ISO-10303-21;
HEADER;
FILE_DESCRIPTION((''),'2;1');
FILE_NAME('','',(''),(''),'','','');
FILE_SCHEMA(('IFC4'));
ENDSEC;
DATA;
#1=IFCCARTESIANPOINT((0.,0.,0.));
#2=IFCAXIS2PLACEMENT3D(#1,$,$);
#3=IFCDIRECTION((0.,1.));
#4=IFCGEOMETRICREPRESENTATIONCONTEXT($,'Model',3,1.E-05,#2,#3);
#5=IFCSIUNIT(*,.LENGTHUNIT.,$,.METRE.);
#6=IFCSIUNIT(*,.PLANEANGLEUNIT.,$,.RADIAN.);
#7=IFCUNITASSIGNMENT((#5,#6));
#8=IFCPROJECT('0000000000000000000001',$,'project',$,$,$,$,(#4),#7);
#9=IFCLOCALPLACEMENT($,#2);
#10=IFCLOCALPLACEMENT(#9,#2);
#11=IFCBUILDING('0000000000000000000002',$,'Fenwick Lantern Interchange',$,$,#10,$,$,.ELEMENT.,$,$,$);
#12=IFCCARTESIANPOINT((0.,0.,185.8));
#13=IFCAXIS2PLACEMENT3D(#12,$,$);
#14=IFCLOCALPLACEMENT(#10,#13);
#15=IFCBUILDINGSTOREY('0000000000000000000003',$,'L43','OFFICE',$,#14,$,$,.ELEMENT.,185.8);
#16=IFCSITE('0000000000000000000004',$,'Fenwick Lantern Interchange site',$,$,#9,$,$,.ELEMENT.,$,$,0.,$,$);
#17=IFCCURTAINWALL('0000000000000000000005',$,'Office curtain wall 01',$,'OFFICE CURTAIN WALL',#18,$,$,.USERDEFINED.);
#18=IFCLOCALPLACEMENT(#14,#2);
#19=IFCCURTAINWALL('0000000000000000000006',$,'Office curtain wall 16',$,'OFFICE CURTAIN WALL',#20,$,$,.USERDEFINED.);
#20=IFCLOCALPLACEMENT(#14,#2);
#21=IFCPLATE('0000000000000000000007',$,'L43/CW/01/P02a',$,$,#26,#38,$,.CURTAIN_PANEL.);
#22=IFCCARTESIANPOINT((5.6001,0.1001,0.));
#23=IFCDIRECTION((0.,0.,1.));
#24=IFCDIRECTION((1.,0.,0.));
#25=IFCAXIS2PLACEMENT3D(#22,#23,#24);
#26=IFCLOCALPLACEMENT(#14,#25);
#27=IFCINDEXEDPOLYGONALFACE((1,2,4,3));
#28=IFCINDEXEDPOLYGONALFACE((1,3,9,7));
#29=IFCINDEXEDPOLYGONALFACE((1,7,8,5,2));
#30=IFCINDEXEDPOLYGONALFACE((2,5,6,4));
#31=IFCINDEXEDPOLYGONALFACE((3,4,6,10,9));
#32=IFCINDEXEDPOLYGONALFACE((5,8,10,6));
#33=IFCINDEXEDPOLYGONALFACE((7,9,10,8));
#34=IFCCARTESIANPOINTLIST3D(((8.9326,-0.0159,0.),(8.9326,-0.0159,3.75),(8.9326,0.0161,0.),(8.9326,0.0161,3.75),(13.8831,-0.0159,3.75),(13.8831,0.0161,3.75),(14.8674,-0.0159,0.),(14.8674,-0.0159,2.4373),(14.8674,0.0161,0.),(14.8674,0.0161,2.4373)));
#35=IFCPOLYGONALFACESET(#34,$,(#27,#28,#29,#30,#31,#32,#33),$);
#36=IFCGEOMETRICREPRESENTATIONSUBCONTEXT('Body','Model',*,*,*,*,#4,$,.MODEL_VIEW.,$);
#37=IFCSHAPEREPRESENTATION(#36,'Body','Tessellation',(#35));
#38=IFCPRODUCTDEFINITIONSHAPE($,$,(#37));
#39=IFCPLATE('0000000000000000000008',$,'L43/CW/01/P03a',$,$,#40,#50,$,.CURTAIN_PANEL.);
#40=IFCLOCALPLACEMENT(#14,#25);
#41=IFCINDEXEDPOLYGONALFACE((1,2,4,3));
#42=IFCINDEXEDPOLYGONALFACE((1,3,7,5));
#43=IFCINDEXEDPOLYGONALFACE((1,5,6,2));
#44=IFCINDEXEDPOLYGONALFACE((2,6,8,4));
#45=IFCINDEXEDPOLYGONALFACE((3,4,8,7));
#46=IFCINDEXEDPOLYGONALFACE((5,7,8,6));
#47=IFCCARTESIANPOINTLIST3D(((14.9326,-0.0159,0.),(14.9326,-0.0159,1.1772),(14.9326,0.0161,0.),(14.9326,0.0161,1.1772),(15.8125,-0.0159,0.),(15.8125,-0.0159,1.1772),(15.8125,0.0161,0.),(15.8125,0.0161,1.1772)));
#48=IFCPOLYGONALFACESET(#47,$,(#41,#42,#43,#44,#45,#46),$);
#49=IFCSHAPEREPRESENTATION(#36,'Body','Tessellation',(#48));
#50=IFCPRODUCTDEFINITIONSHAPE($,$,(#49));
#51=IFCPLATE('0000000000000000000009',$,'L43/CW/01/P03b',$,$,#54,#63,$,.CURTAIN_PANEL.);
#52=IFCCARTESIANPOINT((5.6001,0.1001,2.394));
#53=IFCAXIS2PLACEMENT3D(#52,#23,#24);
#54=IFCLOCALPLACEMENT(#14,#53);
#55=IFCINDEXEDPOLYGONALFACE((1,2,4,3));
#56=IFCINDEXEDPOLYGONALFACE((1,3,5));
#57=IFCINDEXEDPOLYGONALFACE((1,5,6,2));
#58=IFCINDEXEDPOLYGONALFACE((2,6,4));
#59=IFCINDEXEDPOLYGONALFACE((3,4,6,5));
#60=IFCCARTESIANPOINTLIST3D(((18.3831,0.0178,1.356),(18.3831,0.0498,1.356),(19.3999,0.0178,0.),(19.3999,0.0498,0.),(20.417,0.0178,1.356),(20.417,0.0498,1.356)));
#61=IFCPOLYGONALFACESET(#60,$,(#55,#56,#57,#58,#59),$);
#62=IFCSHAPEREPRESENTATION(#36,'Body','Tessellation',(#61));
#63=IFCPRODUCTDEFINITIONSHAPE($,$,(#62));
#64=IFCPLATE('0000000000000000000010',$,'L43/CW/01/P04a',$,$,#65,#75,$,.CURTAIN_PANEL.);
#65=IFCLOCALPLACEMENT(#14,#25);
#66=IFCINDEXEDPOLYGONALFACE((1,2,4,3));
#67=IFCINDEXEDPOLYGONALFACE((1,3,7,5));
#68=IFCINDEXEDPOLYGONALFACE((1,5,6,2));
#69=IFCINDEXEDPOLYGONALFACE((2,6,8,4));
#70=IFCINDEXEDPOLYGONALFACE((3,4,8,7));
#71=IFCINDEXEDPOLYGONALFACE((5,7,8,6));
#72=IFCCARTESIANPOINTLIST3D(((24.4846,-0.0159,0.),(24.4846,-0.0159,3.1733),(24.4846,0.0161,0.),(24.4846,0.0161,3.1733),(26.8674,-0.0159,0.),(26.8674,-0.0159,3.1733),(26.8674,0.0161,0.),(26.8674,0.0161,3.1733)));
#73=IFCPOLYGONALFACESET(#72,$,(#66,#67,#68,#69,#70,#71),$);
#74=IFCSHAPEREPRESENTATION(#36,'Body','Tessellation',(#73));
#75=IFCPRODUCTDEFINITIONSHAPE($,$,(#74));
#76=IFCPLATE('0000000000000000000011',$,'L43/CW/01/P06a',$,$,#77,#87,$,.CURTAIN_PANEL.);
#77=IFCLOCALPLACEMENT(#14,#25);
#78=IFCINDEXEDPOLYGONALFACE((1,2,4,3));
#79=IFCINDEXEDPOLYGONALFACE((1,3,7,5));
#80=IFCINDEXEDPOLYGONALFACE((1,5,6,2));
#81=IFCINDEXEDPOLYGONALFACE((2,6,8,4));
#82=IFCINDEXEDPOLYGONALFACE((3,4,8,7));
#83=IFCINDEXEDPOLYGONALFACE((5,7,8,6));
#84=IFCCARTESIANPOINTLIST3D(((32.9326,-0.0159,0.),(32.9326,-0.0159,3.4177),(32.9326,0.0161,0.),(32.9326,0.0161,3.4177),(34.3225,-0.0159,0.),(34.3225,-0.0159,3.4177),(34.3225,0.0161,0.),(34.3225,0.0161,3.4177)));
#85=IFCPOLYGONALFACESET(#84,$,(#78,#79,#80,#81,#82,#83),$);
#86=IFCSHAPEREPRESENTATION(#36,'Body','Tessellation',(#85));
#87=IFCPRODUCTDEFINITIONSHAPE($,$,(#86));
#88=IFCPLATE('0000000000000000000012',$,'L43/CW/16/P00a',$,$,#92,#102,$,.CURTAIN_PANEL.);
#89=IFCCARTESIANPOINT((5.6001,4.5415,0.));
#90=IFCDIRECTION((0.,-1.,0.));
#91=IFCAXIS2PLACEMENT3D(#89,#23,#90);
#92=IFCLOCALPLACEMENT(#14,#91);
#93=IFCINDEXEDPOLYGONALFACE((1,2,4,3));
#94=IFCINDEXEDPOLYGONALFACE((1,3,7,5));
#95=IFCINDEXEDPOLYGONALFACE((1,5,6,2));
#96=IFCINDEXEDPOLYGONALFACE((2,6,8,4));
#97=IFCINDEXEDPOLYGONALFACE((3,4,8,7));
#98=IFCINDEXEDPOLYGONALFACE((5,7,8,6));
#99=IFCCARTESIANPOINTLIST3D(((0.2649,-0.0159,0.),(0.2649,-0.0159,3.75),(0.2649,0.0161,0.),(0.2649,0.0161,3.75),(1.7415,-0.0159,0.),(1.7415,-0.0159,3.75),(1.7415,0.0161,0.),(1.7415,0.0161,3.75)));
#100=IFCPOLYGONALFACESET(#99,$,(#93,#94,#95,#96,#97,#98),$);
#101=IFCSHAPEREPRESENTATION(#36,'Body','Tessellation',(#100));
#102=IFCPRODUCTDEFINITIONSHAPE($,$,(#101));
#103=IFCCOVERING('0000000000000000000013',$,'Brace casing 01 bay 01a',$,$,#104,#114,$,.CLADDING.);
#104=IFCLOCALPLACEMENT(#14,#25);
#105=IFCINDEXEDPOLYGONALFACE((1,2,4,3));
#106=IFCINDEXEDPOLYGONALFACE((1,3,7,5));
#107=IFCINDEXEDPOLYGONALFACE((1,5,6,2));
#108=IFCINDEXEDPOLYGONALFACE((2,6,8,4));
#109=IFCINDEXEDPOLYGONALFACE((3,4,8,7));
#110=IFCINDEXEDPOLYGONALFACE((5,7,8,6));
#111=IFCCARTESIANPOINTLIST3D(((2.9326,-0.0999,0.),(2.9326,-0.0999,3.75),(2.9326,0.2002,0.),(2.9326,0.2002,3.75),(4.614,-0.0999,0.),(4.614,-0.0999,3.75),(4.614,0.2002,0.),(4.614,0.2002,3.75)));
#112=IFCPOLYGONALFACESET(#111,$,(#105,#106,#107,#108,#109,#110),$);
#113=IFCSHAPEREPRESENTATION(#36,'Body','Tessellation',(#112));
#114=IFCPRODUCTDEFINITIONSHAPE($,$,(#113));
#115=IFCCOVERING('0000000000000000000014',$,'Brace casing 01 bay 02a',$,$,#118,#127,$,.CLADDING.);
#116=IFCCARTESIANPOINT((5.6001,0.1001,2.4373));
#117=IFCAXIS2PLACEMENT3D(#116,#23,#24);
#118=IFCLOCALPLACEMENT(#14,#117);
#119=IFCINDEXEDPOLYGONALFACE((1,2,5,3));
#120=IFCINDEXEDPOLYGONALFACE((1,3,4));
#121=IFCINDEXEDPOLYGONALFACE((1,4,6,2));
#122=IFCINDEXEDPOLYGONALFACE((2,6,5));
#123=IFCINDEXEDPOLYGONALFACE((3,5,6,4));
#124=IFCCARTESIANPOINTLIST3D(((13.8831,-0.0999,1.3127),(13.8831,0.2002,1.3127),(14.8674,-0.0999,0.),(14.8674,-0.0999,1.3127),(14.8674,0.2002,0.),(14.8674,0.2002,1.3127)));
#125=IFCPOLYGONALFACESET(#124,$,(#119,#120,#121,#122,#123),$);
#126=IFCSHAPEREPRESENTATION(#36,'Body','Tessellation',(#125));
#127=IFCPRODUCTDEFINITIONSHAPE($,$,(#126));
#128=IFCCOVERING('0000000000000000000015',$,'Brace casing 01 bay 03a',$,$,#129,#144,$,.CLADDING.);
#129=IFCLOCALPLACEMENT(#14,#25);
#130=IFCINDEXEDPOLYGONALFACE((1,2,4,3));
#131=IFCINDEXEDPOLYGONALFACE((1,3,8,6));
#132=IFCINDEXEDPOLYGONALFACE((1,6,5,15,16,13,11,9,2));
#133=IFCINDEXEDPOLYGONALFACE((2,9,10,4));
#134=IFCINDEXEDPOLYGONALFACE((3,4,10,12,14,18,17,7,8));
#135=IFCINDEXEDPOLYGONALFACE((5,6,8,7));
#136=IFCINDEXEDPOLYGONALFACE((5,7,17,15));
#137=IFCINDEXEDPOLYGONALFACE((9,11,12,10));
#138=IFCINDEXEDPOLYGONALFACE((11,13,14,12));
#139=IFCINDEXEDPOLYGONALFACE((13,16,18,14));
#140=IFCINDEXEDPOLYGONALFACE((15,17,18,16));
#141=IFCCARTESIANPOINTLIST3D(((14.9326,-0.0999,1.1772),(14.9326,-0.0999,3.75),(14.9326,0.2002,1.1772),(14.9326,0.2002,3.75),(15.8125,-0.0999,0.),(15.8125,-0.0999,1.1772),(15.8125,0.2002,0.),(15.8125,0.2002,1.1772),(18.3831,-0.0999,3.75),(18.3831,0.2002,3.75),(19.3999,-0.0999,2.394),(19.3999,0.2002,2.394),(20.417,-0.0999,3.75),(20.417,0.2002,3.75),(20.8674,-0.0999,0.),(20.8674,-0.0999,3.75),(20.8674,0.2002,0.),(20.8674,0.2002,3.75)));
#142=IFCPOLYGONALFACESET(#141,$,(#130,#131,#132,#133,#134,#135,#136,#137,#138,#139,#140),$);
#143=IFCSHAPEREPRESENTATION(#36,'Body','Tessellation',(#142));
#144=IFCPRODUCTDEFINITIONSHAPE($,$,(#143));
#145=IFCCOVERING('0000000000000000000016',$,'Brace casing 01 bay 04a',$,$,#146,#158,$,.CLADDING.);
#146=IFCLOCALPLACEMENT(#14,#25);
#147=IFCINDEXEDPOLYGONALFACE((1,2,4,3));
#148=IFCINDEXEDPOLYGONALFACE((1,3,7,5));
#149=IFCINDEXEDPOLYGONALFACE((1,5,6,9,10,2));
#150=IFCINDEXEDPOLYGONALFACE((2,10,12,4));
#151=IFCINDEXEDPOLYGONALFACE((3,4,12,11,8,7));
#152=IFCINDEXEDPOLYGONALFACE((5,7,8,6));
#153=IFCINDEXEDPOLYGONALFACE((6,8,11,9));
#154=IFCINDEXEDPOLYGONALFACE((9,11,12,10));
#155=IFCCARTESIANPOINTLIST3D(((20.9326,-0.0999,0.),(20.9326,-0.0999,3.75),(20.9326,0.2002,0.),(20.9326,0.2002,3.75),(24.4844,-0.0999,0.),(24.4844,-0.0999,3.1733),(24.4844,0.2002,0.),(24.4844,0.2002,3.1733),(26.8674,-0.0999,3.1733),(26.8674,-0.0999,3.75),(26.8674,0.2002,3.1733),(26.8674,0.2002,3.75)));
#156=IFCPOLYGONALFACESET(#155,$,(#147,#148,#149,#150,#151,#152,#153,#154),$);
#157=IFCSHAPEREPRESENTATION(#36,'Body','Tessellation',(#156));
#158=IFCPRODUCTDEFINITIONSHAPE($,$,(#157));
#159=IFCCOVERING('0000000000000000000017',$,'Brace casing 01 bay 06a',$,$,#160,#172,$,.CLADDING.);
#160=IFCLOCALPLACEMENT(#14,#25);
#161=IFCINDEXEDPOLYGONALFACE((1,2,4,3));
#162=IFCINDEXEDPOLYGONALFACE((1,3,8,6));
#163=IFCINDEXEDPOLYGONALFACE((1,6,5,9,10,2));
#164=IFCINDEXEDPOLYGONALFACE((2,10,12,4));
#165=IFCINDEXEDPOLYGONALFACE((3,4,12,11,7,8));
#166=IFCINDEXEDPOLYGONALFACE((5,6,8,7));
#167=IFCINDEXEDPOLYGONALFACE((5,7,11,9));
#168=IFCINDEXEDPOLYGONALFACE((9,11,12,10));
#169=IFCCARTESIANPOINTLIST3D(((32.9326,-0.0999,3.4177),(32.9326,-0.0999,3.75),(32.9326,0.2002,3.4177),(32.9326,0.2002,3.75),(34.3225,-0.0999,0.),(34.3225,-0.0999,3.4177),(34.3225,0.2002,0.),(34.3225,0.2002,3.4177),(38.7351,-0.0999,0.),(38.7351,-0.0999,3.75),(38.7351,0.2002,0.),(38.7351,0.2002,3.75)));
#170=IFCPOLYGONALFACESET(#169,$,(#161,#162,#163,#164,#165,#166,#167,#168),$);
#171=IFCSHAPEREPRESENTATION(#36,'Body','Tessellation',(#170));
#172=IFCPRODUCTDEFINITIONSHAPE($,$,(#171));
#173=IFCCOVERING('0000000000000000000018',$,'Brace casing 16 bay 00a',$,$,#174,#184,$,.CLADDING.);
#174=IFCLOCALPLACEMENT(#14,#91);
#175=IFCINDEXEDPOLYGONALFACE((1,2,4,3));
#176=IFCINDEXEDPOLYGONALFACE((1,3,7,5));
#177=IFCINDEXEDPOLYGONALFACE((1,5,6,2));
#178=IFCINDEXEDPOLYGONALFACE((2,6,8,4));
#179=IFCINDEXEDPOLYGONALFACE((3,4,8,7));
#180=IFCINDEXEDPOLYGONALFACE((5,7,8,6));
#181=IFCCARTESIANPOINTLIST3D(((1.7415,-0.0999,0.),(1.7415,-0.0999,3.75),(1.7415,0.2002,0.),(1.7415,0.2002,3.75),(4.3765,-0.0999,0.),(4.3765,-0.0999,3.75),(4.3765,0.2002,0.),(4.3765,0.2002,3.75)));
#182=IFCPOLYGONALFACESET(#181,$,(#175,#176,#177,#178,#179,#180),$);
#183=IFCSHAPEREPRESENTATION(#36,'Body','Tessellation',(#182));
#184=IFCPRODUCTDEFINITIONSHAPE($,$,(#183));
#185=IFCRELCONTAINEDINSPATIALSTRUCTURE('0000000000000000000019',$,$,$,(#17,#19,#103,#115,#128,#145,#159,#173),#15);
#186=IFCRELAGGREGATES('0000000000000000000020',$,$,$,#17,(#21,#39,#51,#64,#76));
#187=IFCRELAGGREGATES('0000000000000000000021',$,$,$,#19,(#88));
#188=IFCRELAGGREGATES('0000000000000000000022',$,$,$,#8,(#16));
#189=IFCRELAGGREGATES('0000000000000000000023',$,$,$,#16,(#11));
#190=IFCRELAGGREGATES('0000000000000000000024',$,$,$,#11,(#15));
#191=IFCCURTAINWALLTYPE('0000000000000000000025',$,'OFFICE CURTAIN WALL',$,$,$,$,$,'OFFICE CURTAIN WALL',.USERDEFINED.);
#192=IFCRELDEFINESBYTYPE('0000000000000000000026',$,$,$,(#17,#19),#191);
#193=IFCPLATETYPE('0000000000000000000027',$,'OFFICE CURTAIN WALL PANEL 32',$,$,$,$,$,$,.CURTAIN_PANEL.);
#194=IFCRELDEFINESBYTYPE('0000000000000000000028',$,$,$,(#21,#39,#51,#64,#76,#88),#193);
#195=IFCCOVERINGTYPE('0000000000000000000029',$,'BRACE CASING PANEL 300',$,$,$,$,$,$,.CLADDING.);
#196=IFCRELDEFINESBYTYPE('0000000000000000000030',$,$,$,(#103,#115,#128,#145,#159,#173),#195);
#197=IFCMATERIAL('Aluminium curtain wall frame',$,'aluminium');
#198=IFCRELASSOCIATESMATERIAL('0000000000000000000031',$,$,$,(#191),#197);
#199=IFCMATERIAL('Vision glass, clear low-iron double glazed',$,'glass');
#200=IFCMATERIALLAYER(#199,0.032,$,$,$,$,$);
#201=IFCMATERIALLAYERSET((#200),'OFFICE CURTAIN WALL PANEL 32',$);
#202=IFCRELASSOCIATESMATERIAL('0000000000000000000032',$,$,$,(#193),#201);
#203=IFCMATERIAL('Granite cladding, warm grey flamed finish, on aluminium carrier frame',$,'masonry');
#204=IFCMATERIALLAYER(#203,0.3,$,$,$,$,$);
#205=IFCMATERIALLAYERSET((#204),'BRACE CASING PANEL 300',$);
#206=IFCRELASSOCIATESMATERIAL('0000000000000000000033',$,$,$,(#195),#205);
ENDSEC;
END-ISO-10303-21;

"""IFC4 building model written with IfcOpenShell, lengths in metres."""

from ifc_helpers import new_model, si_unit, direction, frame, origin, place, context, subcontext, project, spatial, polyline, outline, extrude, material, layer, layer_set, type_object, element, aggregate, save


model = new_model("IFC4")

# Units and contexts
model_context = context("Model", 3, precision=1e-05, world=origin(), true_north=direction((0.0, 1.0)))
body_context = subcontext(model_context, "Body", "Model", "MODEL_VIEW")
ifc_project = project(units=[si_unit("LENGTHUNIT", "METRE"), si_unit("PLANEANGLEUNIT", "RADIAN")], contexts=[model_context])

# Site, building, storey
site_placement = place(None, origin())
site = spatial("IfcSite", under=ifc_project, at=site_placement, Name="Fenwick Lantern Interchange site", CompositionType="ELEMENT", RefElevation=0.0)
building_placement = place(site_placement, origin())
building = spatial("IfcBuilding", under=site, at=building_placement, Name="Fenwick Lantern Interchange", CompositionType="ELEMENT")
storey_placement = place(building_placement, frame((0.0, 0.0, 185.8)))
storey = spatial("IfcBuildingStorey", under=building, at=storey_placement, Name="L43", Description="OFFICE", CompositionType="ELEMENT", Elevation=185.8)

# Curtain walls
ifc_material_1 = material(Name="Aluminium curtain wall frame", Category="aluminium")
curtain_wall_type = type_object("IfcCurtainWallType", Name="OFFICE CURTAIN WALL", ElementType="OFFICE CURTAIN WALL", PredefinedType="USERDEFINED", material=ifc_material_1)
curtain_wall_1_placement = place(storey_placement, origin())
curtain_wall_1 = element("IfcCurtainWall", 1, at=curtain_wall_1_placement, inside=storey, type_object=curtain_wall_type, Name="Office curtain wall 01", ObjectType="OFFICE CURTAIN WALL", PredefinedType="USERDEFINED")
curtain_wall_2_placement = place(storey_placement, origin())
curtain_wall_2 = element("IfcCurtainWall", 2, at=curtain_wall_2_placement, inside=storey, type_object=curtain_wall_type, Name="Office curtain wall 16", ObjectType="OFFICE CURTAIN WALL", PredefinedType="USERDEFINED")

# Plates
ifc_material_2 = material(Name="Vision glass, clear low-iron double glazed", Category="glass")
ifc_layer_1 = layer(ifc_material_2, 0.032)
ifc_layer_set_1 = layer_set([ifc_layer_1], Name="OFFICE CURTAIN WALL PANEL 32")
plate_type = type_object("IfcPlateType", Name="OFFICE CURTAIN WALL PANEL 32", PredefinedType="CURTAIN_PANEL", material=ifc_layer_set_1)
plate_1_placement = place(storey_placement, frame((5.6001, 0.1001, 0.0), z_axis=(0.0, 0.0, 1.0), x_axis=(1.0, 0.0, 0.0)))
plate_1 = element("IfcPlate", 3, at=plate_1_placement, type_object=plate_type, Name="L43/CW/01/P02a", PredefinedType="CURTAIN_PANEL", context=body_context, shape_type="SweptSolid", body=[
    extrude(outline(polyline([(8.9326, 0.0), (14.8674, 0.0), (14.8674, 2.4373), (13.8831, 3.75), (8.9326, 3.75), (8.9326, 0.0)])), frame((0.0, 0.0161, 0.0), z_axis=(0.0, -1.0, 0.0), x_axis=(1.0, 0.0, 0.0)), (0.0, 0.0, 1.0), 0.032),
])
plate_2_placement = place(storey_placement, frame((5.6001, 0.1001, 0.0), z_axis=(0.0, 0.0, 1.0), x_axis=(1.0, 0.0, 0.0)))
plate_2 = element("IfcPlate", 4, at=plate_2_placement, type_object=plate_type, Name="L43/CW/01/P03a", PredefinedType="CURTAIN_PANEL", context=body_context, shape_type="SweptSolid", body=[
    extrude(outline(polyline([(14.9326, 0.0), (15.8125, 0.0), (15.8125, 1.1772), (14.9326, 1.1772), (14.9326, 0.0)])), frame((0.0, 0.0161, 0.0), z_axis=(0.0, -1.0, 0.0), x_axis=(1.0, 0.0, 0.0)), (0.0, 0.0, 1.0), 0.032),
])
plate_3_placement = place(storey_placement, frame((5.6001, 0.1001, 2.394), z_axis=(0.0, 0.0, 1.0), x_axis=(1.0, 0.0, 0.0)))
plate_3 = element("IfcPlate", 5, at=plate_3_placement, type_object=plate_type, Name="L43/CW/01/P03b", PredefinedType="CURTAIN_PANEL", context=body_context, shape_type="SweptSolid", body=[
    extrude(outline(polyline([(19.3999, 0.0), (20.417, 1.356), (18.3831, 1.356), (19.3999, 0.0)])), frame((0.0, 0.0498, 0.0), z_axis=(0.0, -1.0, 0.0), x_axis=(1.0, 0.0, 0.0)), (0.0, 0.0, 1.0), 0.032),
])
plate_4_placement = place(storey_placement, frame((5.6001, 0.1001, 0.0), z_axis=(0.0, 0.0, 1.0), x_axis=(1.0, 0.0, 0.0)))
plate_4 = element("IfcPlate", 6, at=plate_4_placement, type_object=plate_type, Name="L43/CW/01/P04a", PredefinedType="CURTAIN_PANEL", context=body_context, shape_type="SweptSolid", body=[
    extrude(outline(polyline([(24.4846, 0.0), (26.8674, 0.0), (26.8674, 3.1733), (24.4846, 3.1733), (24.4846, 0.0)])), frame((0.0, 0.0161, 0.0), z_axis=(0.0, -1.0, 0.0), x_axis=(1.0, 0.0, 0.0)), (0.0, 0.0, 1.0), 0.032),
])
plate_5_placement = place(storey_placement, frame((5.6001, 0.1001, 0.0), z_axis=(0.0, 0.0, 1.0), x_axis=(1.0, 0.0, 0.0)))
plate_5 = element("IfcPlate", 7, at=plate_5_placement, type_object=plate_type, Name="L43/CW/01/P06a", PredefinedType="CURTAIN_PANEL", context=body_context, shape_type="SweptSolid", body=[
    extrude(outline(polyline([(32.9326, 0.0), (34.3225, 0.0), (34.3225, 3.4177), (32.9326, 3.4177), (32.9326, 0.0)])), frame((0.0, 0.0161, 0.0), z_axis=(0.0, -1.0, 0.0), x_axis=(1.0, 0.0, 0.0)), (0.0, 0.0, 1.0), 0.032),
])
aggregate(curtain_wall_1, [plate_1, plate_2, plate_3, plate_4, plate_5])
plate_6_placement = place(storey_placement, frame((5.6001, 4.5415, 0.0), z_axis=(0.0, 0.0, 1.0), x_axis=(0.0, -1.0, 0.0)))
plate_6 = element("IfcPlate", 8, at=plate_6_placement, type_object=plate_type, Name="L43/CW/16/P00a", PredefinedType="CURTAIN_PANEL", context=body_context, shape_type="SweptSolid", body=[
    extrude(outline(polyline([(0.2649, 0.0), (1.7415, 0.0), (1.7415, 3.75), (0.2649, 3.75), (0.2649, 0.0)])), frame((0.0, 0.0161, 0.0), z_axis=(0.0, -1.0, 0.0), x_axis=(1.0, 0.0, 0.0)), (0.0, 0.0, 1.0), 0.032),
])
aggregate(curtain_wall_2, [plate_6])

# Coverings
ifc_material_3 = material(Name="Granite cladding, warm grey flamed finish, on aluminium carrier frame", Category="masonry")
ifc_layer_2 = layer(ifc_material_3, 0.3)
ifc_layer_set_2 = layer_set([ifc_layer_2], Name="BRACE CASING PANEL 300")
covering_type = type_object("IfcCoveringType", Name="BRACE CASING PANEL 300", PredefinedType="CLADDING", material=ifc_layer_set_2)
covering_1_placement = place(storey_placement, frame((5.6001, 0.1001, 0.0), z_axis=(0.0, 0.0, 1.0), x_axis=(1.0, 0.0, 0.0)))
element("IfcCovering", 9, at=covering_1_placement, inside=storey, type_object=covering_type, Name="Brace casing 01 bay 01a", PredefinedType="CLADDING", context=body_context, shape_type="SweptSolid", body=[
    extrude(outline(polyline([(2.9326, 0.0), (4.614, 0.0), (4.614, 3.75), (2.9326, 3.75), (2.9326, 0.0)])), frame((0.0, 0.2002, 0.0), z_axis=(0.0, -1.0, 0.0), x_axis=(1.0, 0.0, 0.0)), (0.0, 0.0, 1.0), 0.3),
])
covering_2_placement = place(storey_placement, frame((5.6001, 0.1001, 2.4373), z_axis=(0.0, 0.0, 1.0), x_axis=(1.0, 0.0, 0.0)))
element("IfcCovering", 10, at=covering_2_placement, inside=storey, type_object=covering_type, Name="Brace casing 01 bay 02a", PredefinedType="CLADDING", context=body_context, shape_type="SweptSolid", body=[
    extrude(outline(polyline([(14.8674, 0.0), (14.8674, 1.3127), (13.8831, 1.3127), (14.8674, 0.0)])), frame((0.0, 0.2002, 0.0), z_axis=(0.0, -1.0, 0.0), x_axis=(1.0, 0.0, 0.0)), (0.0, 0.0, 1.0), 0.3),
])
covering_3_placement = place(storey_placement, frame((5.6001, 0.1001, 0.0), z_axis=(0.0, 0.0, 1.0), x_axis=(1.0, 0.0, 0.0)))
element("IfcCovering", 11, at=covering_3_placement, inside=storey, type_object=covering_type, Name="Brace casing 01 bay 03a", PredefinedType="CLADDING", context=body_context, shape_type="SweptSolid", body=[
    extrude(outline(polyline([(15.8125, 0.0), (20.8674, 0.0), (20.8674, 3.75), (20.417, 3.75), (19.3999, 2.394), (18.3831, 3.75), (14.9326, 3.75), (14.9326, 1.1772), (15.8125, 1.1772), (15.8125, 0.0)])), frame((0.0, 0.2002, 0.0), z_axis=(0.0, -1.0, 0.0), x_axis=(1.0, 0.0, 0.0)), (0.0, 0.0, 1.0), 0.3),
])
covering_4_placement = place(storey_placement, frame((5.6001, 0.1001, 0.0), z_axis=(0.0, 0.0, 1.0), x_axis=(1.0, 0.0, 0.0)))
element("IfcCovering", 12, at=covering_4_placement, inside=storey, type_object=covering_type, Name="Brace casing 01 bay 04a", PredefinedType="CLADDING", context=body_context, shape_type="SweptSolid", body=[
    extrude(outline(polyline([(20.9326, 0.0), (24.4844, 0.0), (24.4844, 3.1733), (26.8674, 3.1733), (26.8674, 3.75), (20.9326, 3.75), (20.9326, 0.0)])), frame((0.0, 0.2002, 0.0), z_axis=(0.0, -1.0, 0.0), x_axis=(1.0, 0.0, 0.0)), (0.0, 0.0, 1.0), 0.3),
])
covering_5_placement = place(storey_placement, frame((5.6001, 0.1001, 0.0), z_axis=(0.0, 0.0, 1.0), x_axis=(1.0, 0.0, 0.0)))
element("IfcCovering", 13, at=covering_5_placement, inside=storey, type_object=covering_type, Name="Brace casing 01 bay 06a", PredefinedType="CLADDING", context=body_context, shape_type="SweptSolid", body=[
    extrude(outline(polyline([(34.3225, 0.0), (38.7351, 0.0), (38.7351, 3.75), (32.9326, 3.75), (32.9326, 3.4177), (34.3225, 3.4177), (34.3225, 0.0)])), frame((0.0, 0.2002, 0.0), z_axis=(0.0, -1.0, 0.0), x_axis=(1.0, 0.0, 0.0)), (0.0, 0.0, 1.0), 0.3),
])
covering_6_placement = place(storey_placement, frame((5.6001, 4.5415, 0.0), z_axis=(0.0, 0.0, 1.0), x_axis=(0.0, -1.0, 0.0)))
element("IfcCovering", 14, at=covering_6_placement, inside=storey, type_object=covering_type, Name="Brace casing 16 bay 00a", PredefinedType="CLADDING", context=body_context, shape_type="SweptSolid", body=[
    extrude(outline(polyline([(1.7415, 0.0), (4.3765, 0.0), (4.3765, 3.75), (1.7415, 3.75), (1.7415, 0.0)])), frame((0.0, 0.2002, 0.0), z_axis=(0.0, -1.0, 0.0), x_axis=(1.0, 0.0, 0.0)), (0.0, 0.0, 1.0), 0.3),
])

save(model, "model.ifc")
